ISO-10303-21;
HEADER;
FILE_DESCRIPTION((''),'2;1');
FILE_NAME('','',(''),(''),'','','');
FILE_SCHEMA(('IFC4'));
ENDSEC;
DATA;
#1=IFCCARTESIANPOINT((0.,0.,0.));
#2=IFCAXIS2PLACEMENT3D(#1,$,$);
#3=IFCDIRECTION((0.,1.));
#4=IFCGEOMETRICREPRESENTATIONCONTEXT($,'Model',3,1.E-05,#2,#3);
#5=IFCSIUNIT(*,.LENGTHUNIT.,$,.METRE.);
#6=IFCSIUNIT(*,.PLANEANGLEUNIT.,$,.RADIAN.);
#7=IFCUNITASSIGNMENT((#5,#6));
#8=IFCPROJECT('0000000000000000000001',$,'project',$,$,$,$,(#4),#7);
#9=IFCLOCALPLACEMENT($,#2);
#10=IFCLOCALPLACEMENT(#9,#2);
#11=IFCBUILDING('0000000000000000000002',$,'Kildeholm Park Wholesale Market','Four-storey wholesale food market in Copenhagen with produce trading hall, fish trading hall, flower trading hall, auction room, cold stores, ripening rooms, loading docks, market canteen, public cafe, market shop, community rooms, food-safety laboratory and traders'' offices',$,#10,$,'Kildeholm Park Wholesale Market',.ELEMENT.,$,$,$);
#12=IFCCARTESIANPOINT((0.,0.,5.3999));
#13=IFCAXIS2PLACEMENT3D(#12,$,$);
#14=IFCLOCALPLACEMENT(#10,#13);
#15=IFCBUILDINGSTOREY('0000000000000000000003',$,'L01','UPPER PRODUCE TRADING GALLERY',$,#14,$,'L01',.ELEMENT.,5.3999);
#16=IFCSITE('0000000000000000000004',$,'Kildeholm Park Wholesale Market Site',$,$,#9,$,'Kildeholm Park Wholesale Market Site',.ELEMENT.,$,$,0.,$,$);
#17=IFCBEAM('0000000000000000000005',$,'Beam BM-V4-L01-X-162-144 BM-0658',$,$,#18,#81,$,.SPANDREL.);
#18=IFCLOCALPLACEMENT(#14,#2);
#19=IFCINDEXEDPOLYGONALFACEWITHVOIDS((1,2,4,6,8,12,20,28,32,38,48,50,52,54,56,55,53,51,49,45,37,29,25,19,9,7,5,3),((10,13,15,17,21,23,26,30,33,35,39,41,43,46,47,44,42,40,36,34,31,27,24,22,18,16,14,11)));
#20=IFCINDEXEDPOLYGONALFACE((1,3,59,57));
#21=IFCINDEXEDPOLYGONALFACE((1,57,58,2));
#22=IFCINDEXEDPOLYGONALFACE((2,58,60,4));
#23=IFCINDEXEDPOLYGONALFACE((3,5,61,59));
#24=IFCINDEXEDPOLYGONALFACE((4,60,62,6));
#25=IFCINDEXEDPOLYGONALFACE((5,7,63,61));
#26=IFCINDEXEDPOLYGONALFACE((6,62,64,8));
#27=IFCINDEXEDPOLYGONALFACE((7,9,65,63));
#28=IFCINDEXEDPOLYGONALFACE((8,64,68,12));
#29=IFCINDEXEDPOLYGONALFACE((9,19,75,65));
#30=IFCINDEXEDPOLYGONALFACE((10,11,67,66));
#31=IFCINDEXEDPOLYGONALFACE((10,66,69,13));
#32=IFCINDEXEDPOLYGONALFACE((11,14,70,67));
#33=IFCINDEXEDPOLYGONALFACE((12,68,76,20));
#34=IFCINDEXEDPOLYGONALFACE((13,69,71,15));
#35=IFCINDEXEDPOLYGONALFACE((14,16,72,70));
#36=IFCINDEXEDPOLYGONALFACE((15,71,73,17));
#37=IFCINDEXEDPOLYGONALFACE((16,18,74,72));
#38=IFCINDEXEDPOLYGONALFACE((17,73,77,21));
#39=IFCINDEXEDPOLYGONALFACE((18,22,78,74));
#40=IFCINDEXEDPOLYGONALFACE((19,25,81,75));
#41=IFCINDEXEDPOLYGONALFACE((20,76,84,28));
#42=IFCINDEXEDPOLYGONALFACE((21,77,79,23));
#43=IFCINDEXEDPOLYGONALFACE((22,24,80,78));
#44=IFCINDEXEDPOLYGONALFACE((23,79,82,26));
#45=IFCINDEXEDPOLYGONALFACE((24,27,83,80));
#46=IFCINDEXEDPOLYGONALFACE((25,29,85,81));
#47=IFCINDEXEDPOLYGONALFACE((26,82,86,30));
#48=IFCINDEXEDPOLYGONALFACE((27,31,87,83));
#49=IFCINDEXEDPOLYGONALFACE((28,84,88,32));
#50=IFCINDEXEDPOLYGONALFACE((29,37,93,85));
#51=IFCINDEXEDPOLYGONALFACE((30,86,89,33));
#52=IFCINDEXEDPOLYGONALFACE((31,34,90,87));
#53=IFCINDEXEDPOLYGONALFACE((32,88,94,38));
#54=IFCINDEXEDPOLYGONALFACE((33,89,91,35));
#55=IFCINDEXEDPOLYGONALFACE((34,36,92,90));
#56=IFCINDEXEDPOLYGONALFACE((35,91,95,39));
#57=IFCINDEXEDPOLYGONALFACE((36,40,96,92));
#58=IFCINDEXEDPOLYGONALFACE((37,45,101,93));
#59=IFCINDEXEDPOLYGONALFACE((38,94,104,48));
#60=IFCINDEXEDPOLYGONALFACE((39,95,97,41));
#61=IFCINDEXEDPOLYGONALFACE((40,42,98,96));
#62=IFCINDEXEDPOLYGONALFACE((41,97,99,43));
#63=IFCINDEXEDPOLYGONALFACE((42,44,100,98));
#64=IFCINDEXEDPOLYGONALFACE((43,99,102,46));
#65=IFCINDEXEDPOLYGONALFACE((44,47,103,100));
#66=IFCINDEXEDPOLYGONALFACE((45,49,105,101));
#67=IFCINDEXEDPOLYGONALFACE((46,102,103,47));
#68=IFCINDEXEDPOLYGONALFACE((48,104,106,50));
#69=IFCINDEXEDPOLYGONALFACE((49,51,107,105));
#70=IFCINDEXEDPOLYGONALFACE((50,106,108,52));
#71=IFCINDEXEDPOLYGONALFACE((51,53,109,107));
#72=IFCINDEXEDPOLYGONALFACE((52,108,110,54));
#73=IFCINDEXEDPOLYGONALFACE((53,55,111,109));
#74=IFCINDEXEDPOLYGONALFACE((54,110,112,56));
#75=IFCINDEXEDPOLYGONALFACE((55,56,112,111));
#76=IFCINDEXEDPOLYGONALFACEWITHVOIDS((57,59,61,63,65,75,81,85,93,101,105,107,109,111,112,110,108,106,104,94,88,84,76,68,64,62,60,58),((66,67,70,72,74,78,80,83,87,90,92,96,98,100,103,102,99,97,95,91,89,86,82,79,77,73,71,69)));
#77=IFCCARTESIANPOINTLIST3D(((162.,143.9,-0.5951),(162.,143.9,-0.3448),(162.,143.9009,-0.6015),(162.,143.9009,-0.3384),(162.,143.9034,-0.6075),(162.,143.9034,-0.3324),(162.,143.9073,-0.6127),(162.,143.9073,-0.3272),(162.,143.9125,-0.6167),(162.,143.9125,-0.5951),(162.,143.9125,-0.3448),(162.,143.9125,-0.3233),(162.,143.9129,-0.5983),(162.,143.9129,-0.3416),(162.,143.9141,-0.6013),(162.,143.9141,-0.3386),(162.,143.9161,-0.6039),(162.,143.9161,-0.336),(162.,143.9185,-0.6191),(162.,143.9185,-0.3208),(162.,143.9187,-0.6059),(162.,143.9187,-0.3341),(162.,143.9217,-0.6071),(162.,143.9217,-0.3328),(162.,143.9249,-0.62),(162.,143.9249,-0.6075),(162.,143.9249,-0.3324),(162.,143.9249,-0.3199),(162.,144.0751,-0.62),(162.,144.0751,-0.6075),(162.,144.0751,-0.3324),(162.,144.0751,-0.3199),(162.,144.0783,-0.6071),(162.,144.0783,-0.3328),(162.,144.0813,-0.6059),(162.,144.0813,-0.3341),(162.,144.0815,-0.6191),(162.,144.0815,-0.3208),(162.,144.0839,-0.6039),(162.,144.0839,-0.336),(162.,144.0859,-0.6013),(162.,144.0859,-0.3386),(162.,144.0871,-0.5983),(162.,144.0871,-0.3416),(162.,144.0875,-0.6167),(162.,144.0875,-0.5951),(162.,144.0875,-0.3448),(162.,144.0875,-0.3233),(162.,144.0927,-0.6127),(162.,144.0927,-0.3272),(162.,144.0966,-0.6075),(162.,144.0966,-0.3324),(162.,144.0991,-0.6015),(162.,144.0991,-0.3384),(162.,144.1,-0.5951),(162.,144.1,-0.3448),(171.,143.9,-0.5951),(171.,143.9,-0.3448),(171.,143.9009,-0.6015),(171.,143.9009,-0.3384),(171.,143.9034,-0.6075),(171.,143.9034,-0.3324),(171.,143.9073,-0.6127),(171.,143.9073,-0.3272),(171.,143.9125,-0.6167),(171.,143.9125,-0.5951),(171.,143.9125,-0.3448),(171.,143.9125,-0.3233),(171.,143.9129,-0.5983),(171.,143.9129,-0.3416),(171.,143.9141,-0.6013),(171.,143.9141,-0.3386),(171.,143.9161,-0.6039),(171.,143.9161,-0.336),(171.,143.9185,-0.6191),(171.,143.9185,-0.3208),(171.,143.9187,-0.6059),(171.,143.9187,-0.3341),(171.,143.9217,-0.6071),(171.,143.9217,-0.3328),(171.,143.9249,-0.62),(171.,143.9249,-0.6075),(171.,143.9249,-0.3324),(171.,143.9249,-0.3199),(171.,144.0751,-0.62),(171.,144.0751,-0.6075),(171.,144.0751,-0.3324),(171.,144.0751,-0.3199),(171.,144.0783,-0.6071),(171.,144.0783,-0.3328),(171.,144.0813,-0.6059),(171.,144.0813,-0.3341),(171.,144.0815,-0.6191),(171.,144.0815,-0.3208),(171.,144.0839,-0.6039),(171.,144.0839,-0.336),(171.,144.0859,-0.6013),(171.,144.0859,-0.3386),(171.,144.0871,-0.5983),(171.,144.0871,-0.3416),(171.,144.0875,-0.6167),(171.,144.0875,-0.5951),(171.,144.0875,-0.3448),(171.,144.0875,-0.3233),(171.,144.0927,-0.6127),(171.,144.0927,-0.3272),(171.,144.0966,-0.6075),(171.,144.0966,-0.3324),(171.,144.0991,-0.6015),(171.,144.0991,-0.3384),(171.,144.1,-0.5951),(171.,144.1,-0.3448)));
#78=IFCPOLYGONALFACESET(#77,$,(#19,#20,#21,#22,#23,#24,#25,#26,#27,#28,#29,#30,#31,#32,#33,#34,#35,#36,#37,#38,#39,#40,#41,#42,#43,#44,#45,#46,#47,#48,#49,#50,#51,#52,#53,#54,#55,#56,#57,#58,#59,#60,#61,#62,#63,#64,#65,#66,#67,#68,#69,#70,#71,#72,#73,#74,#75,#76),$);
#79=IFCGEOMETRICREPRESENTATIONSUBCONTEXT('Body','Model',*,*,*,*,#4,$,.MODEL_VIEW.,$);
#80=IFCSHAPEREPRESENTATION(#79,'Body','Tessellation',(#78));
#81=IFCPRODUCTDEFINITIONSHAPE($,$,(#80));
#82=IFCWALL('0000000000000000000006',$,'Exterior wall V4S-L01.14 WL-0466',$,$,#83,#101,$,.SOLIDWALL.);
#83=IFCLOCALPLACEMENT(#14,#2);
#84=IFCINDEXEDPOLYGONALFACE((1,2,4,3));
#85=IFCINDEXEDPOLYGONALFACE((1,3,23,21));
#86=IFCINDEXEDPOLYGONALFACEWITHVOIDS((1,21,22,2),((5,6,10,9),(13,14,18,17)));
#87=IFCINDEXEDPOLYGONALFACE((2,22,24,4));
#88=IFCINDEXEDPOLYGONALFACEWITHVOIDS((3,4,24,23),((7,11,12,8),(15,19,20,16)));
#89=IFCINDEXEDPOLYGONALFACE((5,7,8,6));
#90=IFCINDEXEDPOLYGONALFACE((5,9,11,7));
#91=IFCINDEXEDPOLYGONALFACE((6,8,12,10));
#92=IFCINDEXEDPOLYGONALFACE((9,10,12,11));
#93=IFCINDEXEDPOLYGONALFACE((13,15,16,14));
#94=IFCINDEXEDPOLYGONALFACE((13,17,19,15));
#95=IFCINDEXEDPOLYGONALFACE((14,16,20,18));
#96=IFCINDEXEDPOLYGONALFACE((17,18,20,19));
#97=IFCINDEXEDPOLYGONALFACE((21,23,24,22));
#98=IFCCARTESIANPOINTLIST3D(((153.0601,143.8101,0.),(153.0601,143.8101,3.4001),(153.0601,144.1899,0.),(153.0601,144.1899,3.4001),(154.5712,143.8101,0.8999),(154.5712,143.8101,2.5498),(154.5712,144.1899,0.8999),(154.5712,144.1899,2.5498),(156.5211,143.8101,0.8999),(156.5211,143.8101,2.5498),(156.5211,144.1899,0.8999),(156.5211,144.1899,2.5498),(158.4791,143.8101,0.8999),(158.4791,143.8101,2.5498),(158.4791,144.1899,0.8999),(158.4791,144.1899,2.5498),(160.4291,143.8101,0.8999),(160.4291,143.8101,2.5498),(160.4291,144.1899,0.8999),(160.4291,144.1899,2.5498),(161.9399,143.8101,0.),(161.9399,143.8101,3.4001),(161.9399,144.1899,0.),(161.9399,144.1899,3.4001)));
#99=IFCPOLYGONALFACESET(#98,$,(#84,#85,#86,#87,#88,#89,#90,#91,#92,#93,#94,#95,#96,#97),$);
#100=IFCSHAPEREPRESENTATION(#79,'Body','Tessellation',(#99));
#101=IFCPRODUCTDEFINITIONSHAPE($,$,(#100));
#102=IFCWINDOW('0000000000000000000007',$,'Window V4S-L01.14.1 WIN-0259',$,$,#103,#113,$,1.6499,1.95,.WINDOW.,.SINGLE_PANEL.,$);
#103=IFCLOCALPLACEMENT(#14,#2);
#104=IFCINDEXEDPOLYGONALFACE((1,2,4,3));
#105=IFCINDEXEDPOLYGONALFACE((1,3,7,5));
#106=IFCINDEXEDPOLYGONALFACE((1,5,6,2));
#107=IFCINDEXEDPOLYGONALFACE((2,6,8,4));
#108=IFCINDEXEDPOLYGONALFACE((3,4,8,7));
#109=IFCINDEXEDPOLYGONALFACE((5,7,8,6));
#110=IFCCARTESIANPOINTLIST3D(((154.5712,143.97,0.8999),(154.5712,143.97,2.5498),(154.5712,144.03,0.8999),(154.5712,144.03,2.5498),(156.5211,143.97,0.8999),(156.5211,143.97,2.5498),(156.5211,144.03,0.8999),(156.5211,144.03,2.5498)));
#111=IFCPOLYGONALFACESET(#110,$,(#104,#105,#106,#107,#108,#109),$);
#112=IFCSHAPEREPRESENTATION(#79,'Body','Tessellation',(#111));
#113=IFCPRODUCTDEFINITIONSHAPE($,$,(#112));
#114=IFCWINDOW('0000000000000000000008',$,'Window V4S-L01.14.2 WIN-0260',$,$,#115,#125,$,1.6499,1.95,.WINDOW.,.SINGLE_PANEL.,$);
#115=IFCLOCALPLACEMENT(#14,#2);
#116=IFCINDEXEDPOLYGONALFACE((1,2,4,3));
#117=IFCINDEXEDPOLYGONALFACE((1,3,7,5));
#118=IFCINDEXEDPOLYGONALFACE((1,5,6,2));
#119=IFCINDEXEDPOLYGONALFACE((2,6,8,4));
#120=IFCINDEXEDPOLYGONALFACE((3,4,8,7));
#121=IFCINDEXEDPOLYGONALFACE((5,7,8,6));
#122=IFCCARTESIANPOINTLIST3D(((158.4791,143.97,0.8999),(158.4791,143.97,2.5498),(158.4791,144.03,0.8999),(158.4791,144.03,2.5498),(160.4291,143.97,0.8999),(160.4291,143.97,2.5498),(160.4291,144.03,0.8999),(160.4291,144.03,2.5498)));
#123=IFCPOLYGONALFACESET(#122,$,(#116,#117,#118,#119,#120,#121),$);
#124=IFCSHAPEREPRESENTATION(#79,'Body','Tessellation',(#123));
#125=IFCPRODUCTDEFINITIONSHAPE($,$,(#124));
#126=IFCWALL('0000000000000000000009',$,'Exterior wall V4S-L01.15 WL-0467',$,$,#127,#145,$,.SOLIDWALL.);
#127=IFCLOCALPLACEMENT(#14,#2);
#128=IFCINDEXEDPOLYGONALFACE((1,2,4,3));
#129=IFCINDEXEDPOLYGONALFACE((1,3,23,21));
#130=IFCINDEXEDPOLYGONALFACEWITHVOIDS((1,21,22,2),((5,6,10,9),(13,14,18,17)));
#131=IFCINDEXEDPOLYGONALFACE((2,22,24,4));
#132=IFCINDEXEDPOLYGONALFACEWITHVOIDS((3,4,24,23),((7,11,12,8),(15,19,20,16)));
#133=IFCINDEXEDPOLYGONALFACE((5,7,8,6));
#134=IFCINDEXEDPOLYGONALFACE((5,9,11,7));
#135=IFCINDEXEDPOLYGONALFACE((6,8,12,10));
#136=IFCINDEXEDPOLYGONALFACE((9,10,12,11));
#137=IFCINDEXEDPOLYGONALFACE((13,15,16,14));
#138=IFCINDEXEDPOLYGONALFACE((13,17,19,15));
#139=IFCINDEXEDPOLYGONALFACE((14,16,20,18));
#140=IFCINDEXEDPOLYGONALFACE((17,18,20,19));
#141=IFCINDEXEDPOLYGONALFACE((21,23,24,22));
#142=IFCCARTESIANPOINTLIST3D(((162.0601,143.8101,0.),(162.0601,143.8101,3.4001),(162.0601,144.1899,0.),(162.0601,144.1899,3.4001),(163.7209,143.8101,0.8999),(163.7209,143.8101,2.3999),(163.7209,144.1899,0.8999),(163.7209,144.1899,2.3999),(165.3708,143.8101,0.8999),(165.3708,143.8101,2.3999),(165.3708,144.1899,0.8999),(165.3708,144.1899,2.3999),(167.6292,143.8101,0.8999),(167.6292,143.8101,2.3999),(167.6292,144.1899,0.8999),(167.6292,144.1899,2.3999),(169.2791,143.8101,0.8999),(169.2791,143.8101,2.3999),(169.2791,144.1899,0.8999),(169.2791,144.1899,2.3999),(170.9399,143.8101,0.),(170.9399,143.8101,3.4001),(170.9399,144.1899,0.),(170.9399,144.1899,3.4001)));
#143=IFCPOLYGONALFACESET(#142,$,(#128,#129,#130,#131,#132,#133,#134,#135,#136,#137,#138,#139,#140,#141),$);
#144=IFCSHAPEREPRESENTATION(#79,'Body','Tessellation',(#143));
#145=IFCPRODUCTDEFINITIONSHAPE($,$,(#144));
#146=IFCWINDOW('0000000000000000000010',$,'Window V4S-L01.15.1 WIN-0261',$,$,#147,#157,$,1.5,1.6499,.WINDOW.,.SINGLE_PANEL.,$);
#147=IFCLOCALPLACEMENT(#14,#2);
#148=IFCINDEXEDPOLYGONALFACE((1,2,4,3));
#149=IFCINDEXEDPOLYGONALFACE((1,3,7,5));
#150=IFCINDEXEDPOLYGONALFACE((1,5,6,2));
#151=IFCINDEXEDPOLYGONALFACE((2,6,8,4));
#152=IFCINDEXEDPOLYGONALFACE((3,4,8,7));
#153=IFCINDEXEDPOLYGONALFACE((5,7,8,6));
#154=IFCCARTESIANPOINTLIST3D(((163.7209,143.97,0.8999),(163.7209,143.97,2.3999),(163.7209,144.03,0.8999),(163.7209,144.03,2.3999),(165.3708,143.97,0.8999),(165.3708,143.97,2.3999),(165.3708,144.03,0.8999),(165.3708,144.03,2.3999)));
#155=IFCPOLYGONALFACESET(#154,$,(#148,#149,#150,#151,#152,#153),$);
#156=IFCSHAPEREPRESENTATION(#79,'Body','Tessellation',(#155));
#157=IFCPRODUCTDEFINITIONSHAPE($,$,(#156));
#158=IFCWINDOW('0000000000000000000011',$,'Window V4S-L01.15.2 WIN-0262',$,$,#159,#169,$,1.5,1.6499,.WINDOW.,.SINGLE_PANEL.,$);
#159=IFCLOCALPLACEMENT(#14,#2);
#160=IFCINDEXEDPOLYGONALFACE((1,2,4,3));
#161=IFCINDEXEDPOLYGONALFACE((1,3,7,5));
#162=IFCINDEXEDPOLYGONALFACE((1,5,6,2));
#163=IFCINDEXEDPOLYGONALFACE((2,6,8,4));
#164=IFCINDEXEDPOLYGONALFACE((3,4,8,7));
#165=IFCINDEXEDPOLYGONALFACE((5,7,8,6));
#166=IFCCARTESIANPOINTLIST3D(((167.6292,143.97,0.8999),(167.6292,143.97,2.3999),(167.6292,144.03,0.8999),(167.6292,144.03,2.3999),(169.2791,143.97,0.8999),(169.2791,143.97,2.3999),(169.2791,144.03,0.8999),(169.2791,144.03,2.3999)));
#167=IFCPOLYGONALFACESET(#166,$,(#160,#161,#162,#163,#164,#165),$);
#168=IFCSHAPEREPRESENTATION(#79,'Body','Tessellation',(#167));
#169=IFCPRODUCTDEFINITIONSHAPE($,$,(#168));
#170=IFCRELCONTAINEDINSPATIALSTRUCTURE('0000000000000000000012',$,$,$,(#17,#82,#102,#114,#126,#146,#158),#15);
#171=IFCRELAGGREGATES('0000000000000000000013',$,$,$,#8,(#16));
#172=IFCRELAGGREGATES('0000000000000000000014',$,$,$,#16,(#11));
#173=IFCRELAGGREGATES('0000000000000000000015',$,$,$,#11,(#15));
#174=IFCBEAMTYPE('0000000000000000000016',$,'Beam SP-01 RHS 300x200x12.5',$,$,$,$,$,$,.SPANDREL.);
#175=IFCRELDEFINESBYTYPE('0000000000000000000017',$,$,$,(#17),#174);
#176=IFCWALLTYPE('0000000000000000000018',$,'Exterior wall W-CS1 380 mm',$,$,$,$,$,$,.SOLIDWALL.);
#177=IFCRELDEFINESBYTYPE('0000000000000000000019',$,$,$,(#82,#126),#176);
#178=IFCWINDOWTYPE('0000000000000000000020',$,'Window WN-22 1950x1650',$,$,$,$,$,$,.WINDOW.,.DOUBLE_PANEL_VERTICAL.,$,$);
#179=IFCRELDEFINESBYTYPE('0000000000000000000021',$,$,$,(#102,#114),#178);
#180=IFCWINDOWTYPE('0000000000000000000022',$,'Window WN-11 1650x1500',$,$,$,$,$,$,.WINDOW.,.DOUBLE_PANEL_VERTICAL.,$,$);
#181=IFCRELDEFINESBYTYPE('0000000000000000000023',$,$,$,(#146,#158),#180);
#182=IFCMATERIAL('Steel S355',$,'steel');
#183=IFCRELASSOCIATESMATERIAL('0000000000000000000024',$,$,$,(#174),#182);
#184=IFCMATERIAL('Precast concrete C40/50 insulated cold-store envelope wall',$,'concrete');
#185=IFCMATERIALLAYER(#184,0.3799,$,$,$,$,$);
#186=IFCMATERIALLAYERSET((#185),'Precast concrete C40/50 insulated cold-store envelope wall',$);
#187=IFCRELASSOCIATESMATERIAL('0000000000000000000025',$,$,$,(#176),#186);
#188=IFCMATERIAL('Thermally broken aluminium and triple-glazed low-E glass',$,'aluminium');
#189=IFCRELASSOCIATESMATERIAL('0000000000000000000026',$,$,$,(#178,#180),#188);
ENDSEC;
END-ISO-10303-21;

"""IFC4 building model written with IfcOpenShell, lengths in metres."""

from ifc_helpers import new_model, si_unit, direction, frame, frame_2d, origin, origin_2d, place, context, subcontext, project, spatial, rectangle, hollow_rectangle, extrude, material, layer, layer_set, material_profile, profile_set, type_object, element, fill, save


model = new_model("IFC4")

# Units and contexts
model_context = context("Model", 3, precision=1e-05, world=origin(), true_north=direction((0.0, 1.0)))
body_context = subcontext(model_context, "Body", "Model", "MODEL_VIEW")
ifc_project = project(units=[si_unit("LENGTHUNIT", "METRE"), si_unit("PLANEANGLEUNIT", "RADIAN")], contexts=[model_context])

# Site, building, storey
site_placement = place(None, origin())
site = spatial("IfcSite", under=ifc_project, at=site_placement, Name="Kildeholm Park Wholesale Market Site", LongName="Kildeholm Park Wholesale Market Site", CompositionType="ELEMENT", RefElevation=0.0)
building_placement = place(site_placement, origin())
building = spatial("IfcBuilding", under=site, at=building_placement, Name="Kildeholm Park Wholesale Market", Description="Four-storey wholesale food market in Copenhagen with produce trading hall, fish trading hall, flower trading hall, auction room, cold stores, ripening rooms, loading docks, market canteen, public cafe, market shop, community rooms, food-safety laboratory and traders' offices", LongName="Kildeholm Park Wholesale Market", CompositionType="ELEMENT")
storey_placement = place(building_placement, frame((0.0, 0.0, 5.3999)))
storey = spatial("IfcBuildingStorey", under=building, at=storey_placement, Name="L01", Description="UPPER PRODUCE TRADING GALLERY", LongName="L01", CompositionType="ELEMENT", Elevation=5.3999)

# Beam
ifc_material_1 = material(Name="Steel S355", Category="steel")
ifc_material_profile_1 = material_profile(ifc_material_1, hollow_rectangle(XDim=0.2, YDim=0.3, WallThickness=0.0125, InnerFilletRadius=0.0125, OuterFilletRadius=0.0249, at=origin_2d()), Name="RHS 300x200x12.5")
ifc_profile_set_1 = profile_set([ifc_material_profile_1], Name="Steel S355")
beam_type_1 = type_object("IfcBeamType", Name="Beam SP-01 RHS 300x200x12.5", PredefinedType="SPANDREL", material=ifc_profile_set_1)
for number, where, z_axis, x_axis, name in (
    (1, (162.0, 144.0, -0.47), (1.0, 0.0, 0.0), (0.0, 1.0, 0.0), "Beam BM-V4-L01-X-162-144 BM-0658"),
):
    element("IfcBeam", number, at=place(storey_placement, frame(where, z_axis=z_axis, x_axis=x_axis)), inside=storey, type_object=beam_type_1, Name=name, PredefinedType="SPANDREL", context=body_context, shape_type="SweptSolid", body=[
        extrude(hollow_rectangle(XDim=0.2, YDim=0.3, WallThickness=0.0125, InnerFilletRadius=0.0125, OuterFilletRadius=0.0249, at=origin_2d()), origin(), (0.0, 0.0, 1.0), 9.0),
    ])

# Walls, openings, windows
ifc_material_2 = material(Name="Precast concrete C40/50 insulated cold-store envelope wall", Category="concrete")
ifc_layer_1 = layer(ifc_material_2, 0.3799)
ifc_layer_set_1 = layer_set([ifc_layer_1], Name="Precast concrete C40/50 insulated cold-store envelope wall")
wall_type = type_object("IfcWallType", Name="Exterior wall W-CS1 380 mm", PredefinedType="SOLIDWALL", material=ifc_layer_set_1)
wall_1_placement = place(storey_placement, frame((153.0601, 144.0, 0.0), z_axis=(0.0, 0.0, 1.0), x_axis=(1.0, 0.0, 0.0)))
wall_1 = element("IfcWall", 2, at=wall_1_placement, inside=storey, type_object=wall_type, Name="Exterior wall V4S-L01.14 WL-0466", PredefinedType="SOLIDWALL", context=body_context, shape_type="SweptSolid", body=[
    extrude(rectangle(XDim=8.8799, YDim=0.3799, at=frame_2d((4.4399, 0.0))), origin(), (0.0, 0.0, 1.0), 3.4001),
])
opening_1_placement = place(wall_1_placement, frame((1.511, 0.0, 0.8999)))
opening_1 = element("IfcOpeningElement", 3, at=opening_1_placement, cuts=wall_1, PredefinedType="OPENING", context=body_context, shape_type="SweptSolid", body=[
    extrude(rectangle(XDim=1.95, YDim=1.6499, at=frame_2d((0.9751, 0.825))), frame((0.0, 0.2, 0.0), z_axis=(0.0, -1.0, 0.0), x_axis=(1.0, 0.0, 0.0)), (0.0, 0.0, 1.0), 0.3999),
])
opening_2_placement = place(wall_1_placement, frame((5.4189, 0.0, 0.8999)))
opening_2 = element("IfcOpeningElement", 4, at=opening_2_placement, cuts=wall_1, PredefinedType="OPENING", context=body_context, shape_type="SweptSolid", body=[
    extrude(rectangle(XDim=1.95, YDim=1.6499, at=frame_2d((0.9751, 0.825))), frame((0.0, 0.2, 0.0), z_axis=(0.0, -1.0, 0.0), x_axis=(1.0, 0.0, 0.0)), (0.0, 0.0, 1.0), 0.3999),
])
ifc_material_3 = material(Name="Thermally broken aluminium and triple-glazed low-E glass", Category="aluminium")
window_type_1 = type_object("IfcWindowType", Name="Window WN-22 1950x1650", PartitioningType="DOUBLE_PANEL_VERTICAL", PredefinedType="WINDOW", material=ifc_material_3)
window_1_placement = place(opening_1_placement, origin())
window_1 = element("IfcWindow", 5, at=window_1_placement, inside=storey, type_object=window_type_1, Name="Window V4S-L01.14.1 WIN-0259", OverallHeight=1.6499, OverallWidth=1.95, PartitioningType="SINGLE_PANEL", PredefinedType="WINDOW", context=body_context, shape_type="SweptSolid", body=[
    extrude(rectangle(XDim=1.95, YDim=1.6499, at=frame_2d((0.9751, 0.825))), frame((0.0, 0.03, 0.0), z_axis=(0.0, -1.0, 0.0), x_axis=(1.0, 0.0, 0.0)), (0.0, 0.0, 1.0), 0.0601),
])
fill(opening_1, window_1)
window_2_placement = place(opening_2_placement, origin())
window_2 = element("IfcWindow", 6, at=window_2_placement, inside=storey, type_object=window_type_1, Name="Window V4S-L01.14.2 WIN-0260", OverallHeight=1.6499, OverallWidth=1.95, PartitioningType="SINGLE_PANEL", PredefinedType="WINDOW", context=body_context, shape_type="SweptSolid", body=[
    extrude(rectangle(XDim=1.95, YDim=1.6499, at=frame_2d((0.9751, 0.825))), frame((0.0, 0.03, 0.0), z_axis=(0.0, -1.0, 0.0), x_axis=(1.0, 0.0, 0.0)), (0.0, 0.0, 1.0), 0.0601),
])
fill(opening_2, window_2)
wall_2_placement = place(storey_placement, frame((162.0601, 144.0, 0.0), z_axis=(0.0, 0.0, 1.0), x_axis=(1.0, 0.0, 0.0)))
wall_2 = element("IfcWall", 7, at=wall_2_placement, inside=storey, type_object=wall_type, Name="Exterior wall V4S-L01.15 WL-0467", PredefinedType="SOLIDWALL", context=body_context, shape_type="SweptSolid", body=[
    extrude(rectangle(XDim=8.8799, YDim=0.3799, at=frame_2d((4.4399, 0.0))), origin(), (0.0, 0.0, 1.0), 3.4001),
])
opening_3_placement = place(wall_2_placement, frame((1.6609, 0.0, 0.8999)))
opening_3 = element("IfcOpeningElement", 8, at=opening_3_placement, cuts=wall_2, PredefinedType="OPENING", context=body_context, shape_type="SweptSolid", body=[
    extrude(rectangle(XDim=1.6499, YDim=1.5, at=frame_2d((0.825, 0.75))), frame((0.0, 0.2, 0.0), z_axis=(0.0, -1.0, 0.0), x_axis=(1.0, 0.0, 0.0)), (0.0, 0.0, 1.0), 0.3999),
])
opening_4_placement = place(wall_2_placement, frame((5.5691, 0.0, 0.8999)))
opening_4 = element("IfcOpeningElement", 9, at=opening_4_placement, cuts=wall_2, PredefinedType="OPENING", context=body_context, shape_type="SweptSolid", body=[
    extrude(rectangle(XDim=1.6499, YDim=1.5, at=frame_2d((0.825, 0.75))), frame((0.0, 0.2, 0.0), z_axis=(0.0, -1.0, 0.0), x_axis=(1.0, 0.0, 0.0)), (0.0, 0.0, 1.0), 0.3999),
])
window_type_2 = type_object("IfcWindowType", Name="Window WN-11 1650x1500", PartitioningType="DOUBLE_PANEL_VERTICAL", PredefinedType="WINDOW", material=ifc_material_3)
window_3_placement = place(opening_3_placement, origin())
window_3 = element("IfcWindow", 10, at=window_3_placement, inside=storey, type_object=window_type_2, Name="Window V4S-L01.15.1 WIN-0261", OverallHeight=1.5, OverallWidth=1.6499, PartitioningType="SINGLE_PANEL", PredefinedType="WINDOW", context=body_context, shape_type="SweptSolid", body=[
    extrude(rectangle(XDim=1.6499, YDim=1.5, at=frame_2d((0.825, 0.75))), frame((0.0, 0.03, 0.0), z_axis=(0.0, -1.0, 0.0), x_axis=(1.0, 0.0, 0.0)), (0.0, 0.0, 1.0), 0.0601),
])
fill(opening_3, window_3)
window_4_placement = place(opening_4_placement, origin())
window_4 = element("IfcWindow", 11, at=window_4_placement, inside=storey, type_object=window_type_2, Name="Window V4S-L01.15.2 WIN-0262", OverallHeight=1.5, OverallWidth=1.6499, PartitioningType="SINGLE_PANEL", PredefinedType="WINDOW", context=body_context, shape_type="SweptSolid", body=[
    extrude(rectangle(XDim=1.6499, YDim=1.5, at=frame_2d((0.825, 0.75))), frame((0.0, 0.03, 0.0), z_axis=(0.0, -1.0, 0.0), x_axis=(1.0, 0.0, 0.0)), (0.0, 0.0, 1.0), 0.0601),
])
fill(opening_4, window_4)

save(model, "model.ifc")
